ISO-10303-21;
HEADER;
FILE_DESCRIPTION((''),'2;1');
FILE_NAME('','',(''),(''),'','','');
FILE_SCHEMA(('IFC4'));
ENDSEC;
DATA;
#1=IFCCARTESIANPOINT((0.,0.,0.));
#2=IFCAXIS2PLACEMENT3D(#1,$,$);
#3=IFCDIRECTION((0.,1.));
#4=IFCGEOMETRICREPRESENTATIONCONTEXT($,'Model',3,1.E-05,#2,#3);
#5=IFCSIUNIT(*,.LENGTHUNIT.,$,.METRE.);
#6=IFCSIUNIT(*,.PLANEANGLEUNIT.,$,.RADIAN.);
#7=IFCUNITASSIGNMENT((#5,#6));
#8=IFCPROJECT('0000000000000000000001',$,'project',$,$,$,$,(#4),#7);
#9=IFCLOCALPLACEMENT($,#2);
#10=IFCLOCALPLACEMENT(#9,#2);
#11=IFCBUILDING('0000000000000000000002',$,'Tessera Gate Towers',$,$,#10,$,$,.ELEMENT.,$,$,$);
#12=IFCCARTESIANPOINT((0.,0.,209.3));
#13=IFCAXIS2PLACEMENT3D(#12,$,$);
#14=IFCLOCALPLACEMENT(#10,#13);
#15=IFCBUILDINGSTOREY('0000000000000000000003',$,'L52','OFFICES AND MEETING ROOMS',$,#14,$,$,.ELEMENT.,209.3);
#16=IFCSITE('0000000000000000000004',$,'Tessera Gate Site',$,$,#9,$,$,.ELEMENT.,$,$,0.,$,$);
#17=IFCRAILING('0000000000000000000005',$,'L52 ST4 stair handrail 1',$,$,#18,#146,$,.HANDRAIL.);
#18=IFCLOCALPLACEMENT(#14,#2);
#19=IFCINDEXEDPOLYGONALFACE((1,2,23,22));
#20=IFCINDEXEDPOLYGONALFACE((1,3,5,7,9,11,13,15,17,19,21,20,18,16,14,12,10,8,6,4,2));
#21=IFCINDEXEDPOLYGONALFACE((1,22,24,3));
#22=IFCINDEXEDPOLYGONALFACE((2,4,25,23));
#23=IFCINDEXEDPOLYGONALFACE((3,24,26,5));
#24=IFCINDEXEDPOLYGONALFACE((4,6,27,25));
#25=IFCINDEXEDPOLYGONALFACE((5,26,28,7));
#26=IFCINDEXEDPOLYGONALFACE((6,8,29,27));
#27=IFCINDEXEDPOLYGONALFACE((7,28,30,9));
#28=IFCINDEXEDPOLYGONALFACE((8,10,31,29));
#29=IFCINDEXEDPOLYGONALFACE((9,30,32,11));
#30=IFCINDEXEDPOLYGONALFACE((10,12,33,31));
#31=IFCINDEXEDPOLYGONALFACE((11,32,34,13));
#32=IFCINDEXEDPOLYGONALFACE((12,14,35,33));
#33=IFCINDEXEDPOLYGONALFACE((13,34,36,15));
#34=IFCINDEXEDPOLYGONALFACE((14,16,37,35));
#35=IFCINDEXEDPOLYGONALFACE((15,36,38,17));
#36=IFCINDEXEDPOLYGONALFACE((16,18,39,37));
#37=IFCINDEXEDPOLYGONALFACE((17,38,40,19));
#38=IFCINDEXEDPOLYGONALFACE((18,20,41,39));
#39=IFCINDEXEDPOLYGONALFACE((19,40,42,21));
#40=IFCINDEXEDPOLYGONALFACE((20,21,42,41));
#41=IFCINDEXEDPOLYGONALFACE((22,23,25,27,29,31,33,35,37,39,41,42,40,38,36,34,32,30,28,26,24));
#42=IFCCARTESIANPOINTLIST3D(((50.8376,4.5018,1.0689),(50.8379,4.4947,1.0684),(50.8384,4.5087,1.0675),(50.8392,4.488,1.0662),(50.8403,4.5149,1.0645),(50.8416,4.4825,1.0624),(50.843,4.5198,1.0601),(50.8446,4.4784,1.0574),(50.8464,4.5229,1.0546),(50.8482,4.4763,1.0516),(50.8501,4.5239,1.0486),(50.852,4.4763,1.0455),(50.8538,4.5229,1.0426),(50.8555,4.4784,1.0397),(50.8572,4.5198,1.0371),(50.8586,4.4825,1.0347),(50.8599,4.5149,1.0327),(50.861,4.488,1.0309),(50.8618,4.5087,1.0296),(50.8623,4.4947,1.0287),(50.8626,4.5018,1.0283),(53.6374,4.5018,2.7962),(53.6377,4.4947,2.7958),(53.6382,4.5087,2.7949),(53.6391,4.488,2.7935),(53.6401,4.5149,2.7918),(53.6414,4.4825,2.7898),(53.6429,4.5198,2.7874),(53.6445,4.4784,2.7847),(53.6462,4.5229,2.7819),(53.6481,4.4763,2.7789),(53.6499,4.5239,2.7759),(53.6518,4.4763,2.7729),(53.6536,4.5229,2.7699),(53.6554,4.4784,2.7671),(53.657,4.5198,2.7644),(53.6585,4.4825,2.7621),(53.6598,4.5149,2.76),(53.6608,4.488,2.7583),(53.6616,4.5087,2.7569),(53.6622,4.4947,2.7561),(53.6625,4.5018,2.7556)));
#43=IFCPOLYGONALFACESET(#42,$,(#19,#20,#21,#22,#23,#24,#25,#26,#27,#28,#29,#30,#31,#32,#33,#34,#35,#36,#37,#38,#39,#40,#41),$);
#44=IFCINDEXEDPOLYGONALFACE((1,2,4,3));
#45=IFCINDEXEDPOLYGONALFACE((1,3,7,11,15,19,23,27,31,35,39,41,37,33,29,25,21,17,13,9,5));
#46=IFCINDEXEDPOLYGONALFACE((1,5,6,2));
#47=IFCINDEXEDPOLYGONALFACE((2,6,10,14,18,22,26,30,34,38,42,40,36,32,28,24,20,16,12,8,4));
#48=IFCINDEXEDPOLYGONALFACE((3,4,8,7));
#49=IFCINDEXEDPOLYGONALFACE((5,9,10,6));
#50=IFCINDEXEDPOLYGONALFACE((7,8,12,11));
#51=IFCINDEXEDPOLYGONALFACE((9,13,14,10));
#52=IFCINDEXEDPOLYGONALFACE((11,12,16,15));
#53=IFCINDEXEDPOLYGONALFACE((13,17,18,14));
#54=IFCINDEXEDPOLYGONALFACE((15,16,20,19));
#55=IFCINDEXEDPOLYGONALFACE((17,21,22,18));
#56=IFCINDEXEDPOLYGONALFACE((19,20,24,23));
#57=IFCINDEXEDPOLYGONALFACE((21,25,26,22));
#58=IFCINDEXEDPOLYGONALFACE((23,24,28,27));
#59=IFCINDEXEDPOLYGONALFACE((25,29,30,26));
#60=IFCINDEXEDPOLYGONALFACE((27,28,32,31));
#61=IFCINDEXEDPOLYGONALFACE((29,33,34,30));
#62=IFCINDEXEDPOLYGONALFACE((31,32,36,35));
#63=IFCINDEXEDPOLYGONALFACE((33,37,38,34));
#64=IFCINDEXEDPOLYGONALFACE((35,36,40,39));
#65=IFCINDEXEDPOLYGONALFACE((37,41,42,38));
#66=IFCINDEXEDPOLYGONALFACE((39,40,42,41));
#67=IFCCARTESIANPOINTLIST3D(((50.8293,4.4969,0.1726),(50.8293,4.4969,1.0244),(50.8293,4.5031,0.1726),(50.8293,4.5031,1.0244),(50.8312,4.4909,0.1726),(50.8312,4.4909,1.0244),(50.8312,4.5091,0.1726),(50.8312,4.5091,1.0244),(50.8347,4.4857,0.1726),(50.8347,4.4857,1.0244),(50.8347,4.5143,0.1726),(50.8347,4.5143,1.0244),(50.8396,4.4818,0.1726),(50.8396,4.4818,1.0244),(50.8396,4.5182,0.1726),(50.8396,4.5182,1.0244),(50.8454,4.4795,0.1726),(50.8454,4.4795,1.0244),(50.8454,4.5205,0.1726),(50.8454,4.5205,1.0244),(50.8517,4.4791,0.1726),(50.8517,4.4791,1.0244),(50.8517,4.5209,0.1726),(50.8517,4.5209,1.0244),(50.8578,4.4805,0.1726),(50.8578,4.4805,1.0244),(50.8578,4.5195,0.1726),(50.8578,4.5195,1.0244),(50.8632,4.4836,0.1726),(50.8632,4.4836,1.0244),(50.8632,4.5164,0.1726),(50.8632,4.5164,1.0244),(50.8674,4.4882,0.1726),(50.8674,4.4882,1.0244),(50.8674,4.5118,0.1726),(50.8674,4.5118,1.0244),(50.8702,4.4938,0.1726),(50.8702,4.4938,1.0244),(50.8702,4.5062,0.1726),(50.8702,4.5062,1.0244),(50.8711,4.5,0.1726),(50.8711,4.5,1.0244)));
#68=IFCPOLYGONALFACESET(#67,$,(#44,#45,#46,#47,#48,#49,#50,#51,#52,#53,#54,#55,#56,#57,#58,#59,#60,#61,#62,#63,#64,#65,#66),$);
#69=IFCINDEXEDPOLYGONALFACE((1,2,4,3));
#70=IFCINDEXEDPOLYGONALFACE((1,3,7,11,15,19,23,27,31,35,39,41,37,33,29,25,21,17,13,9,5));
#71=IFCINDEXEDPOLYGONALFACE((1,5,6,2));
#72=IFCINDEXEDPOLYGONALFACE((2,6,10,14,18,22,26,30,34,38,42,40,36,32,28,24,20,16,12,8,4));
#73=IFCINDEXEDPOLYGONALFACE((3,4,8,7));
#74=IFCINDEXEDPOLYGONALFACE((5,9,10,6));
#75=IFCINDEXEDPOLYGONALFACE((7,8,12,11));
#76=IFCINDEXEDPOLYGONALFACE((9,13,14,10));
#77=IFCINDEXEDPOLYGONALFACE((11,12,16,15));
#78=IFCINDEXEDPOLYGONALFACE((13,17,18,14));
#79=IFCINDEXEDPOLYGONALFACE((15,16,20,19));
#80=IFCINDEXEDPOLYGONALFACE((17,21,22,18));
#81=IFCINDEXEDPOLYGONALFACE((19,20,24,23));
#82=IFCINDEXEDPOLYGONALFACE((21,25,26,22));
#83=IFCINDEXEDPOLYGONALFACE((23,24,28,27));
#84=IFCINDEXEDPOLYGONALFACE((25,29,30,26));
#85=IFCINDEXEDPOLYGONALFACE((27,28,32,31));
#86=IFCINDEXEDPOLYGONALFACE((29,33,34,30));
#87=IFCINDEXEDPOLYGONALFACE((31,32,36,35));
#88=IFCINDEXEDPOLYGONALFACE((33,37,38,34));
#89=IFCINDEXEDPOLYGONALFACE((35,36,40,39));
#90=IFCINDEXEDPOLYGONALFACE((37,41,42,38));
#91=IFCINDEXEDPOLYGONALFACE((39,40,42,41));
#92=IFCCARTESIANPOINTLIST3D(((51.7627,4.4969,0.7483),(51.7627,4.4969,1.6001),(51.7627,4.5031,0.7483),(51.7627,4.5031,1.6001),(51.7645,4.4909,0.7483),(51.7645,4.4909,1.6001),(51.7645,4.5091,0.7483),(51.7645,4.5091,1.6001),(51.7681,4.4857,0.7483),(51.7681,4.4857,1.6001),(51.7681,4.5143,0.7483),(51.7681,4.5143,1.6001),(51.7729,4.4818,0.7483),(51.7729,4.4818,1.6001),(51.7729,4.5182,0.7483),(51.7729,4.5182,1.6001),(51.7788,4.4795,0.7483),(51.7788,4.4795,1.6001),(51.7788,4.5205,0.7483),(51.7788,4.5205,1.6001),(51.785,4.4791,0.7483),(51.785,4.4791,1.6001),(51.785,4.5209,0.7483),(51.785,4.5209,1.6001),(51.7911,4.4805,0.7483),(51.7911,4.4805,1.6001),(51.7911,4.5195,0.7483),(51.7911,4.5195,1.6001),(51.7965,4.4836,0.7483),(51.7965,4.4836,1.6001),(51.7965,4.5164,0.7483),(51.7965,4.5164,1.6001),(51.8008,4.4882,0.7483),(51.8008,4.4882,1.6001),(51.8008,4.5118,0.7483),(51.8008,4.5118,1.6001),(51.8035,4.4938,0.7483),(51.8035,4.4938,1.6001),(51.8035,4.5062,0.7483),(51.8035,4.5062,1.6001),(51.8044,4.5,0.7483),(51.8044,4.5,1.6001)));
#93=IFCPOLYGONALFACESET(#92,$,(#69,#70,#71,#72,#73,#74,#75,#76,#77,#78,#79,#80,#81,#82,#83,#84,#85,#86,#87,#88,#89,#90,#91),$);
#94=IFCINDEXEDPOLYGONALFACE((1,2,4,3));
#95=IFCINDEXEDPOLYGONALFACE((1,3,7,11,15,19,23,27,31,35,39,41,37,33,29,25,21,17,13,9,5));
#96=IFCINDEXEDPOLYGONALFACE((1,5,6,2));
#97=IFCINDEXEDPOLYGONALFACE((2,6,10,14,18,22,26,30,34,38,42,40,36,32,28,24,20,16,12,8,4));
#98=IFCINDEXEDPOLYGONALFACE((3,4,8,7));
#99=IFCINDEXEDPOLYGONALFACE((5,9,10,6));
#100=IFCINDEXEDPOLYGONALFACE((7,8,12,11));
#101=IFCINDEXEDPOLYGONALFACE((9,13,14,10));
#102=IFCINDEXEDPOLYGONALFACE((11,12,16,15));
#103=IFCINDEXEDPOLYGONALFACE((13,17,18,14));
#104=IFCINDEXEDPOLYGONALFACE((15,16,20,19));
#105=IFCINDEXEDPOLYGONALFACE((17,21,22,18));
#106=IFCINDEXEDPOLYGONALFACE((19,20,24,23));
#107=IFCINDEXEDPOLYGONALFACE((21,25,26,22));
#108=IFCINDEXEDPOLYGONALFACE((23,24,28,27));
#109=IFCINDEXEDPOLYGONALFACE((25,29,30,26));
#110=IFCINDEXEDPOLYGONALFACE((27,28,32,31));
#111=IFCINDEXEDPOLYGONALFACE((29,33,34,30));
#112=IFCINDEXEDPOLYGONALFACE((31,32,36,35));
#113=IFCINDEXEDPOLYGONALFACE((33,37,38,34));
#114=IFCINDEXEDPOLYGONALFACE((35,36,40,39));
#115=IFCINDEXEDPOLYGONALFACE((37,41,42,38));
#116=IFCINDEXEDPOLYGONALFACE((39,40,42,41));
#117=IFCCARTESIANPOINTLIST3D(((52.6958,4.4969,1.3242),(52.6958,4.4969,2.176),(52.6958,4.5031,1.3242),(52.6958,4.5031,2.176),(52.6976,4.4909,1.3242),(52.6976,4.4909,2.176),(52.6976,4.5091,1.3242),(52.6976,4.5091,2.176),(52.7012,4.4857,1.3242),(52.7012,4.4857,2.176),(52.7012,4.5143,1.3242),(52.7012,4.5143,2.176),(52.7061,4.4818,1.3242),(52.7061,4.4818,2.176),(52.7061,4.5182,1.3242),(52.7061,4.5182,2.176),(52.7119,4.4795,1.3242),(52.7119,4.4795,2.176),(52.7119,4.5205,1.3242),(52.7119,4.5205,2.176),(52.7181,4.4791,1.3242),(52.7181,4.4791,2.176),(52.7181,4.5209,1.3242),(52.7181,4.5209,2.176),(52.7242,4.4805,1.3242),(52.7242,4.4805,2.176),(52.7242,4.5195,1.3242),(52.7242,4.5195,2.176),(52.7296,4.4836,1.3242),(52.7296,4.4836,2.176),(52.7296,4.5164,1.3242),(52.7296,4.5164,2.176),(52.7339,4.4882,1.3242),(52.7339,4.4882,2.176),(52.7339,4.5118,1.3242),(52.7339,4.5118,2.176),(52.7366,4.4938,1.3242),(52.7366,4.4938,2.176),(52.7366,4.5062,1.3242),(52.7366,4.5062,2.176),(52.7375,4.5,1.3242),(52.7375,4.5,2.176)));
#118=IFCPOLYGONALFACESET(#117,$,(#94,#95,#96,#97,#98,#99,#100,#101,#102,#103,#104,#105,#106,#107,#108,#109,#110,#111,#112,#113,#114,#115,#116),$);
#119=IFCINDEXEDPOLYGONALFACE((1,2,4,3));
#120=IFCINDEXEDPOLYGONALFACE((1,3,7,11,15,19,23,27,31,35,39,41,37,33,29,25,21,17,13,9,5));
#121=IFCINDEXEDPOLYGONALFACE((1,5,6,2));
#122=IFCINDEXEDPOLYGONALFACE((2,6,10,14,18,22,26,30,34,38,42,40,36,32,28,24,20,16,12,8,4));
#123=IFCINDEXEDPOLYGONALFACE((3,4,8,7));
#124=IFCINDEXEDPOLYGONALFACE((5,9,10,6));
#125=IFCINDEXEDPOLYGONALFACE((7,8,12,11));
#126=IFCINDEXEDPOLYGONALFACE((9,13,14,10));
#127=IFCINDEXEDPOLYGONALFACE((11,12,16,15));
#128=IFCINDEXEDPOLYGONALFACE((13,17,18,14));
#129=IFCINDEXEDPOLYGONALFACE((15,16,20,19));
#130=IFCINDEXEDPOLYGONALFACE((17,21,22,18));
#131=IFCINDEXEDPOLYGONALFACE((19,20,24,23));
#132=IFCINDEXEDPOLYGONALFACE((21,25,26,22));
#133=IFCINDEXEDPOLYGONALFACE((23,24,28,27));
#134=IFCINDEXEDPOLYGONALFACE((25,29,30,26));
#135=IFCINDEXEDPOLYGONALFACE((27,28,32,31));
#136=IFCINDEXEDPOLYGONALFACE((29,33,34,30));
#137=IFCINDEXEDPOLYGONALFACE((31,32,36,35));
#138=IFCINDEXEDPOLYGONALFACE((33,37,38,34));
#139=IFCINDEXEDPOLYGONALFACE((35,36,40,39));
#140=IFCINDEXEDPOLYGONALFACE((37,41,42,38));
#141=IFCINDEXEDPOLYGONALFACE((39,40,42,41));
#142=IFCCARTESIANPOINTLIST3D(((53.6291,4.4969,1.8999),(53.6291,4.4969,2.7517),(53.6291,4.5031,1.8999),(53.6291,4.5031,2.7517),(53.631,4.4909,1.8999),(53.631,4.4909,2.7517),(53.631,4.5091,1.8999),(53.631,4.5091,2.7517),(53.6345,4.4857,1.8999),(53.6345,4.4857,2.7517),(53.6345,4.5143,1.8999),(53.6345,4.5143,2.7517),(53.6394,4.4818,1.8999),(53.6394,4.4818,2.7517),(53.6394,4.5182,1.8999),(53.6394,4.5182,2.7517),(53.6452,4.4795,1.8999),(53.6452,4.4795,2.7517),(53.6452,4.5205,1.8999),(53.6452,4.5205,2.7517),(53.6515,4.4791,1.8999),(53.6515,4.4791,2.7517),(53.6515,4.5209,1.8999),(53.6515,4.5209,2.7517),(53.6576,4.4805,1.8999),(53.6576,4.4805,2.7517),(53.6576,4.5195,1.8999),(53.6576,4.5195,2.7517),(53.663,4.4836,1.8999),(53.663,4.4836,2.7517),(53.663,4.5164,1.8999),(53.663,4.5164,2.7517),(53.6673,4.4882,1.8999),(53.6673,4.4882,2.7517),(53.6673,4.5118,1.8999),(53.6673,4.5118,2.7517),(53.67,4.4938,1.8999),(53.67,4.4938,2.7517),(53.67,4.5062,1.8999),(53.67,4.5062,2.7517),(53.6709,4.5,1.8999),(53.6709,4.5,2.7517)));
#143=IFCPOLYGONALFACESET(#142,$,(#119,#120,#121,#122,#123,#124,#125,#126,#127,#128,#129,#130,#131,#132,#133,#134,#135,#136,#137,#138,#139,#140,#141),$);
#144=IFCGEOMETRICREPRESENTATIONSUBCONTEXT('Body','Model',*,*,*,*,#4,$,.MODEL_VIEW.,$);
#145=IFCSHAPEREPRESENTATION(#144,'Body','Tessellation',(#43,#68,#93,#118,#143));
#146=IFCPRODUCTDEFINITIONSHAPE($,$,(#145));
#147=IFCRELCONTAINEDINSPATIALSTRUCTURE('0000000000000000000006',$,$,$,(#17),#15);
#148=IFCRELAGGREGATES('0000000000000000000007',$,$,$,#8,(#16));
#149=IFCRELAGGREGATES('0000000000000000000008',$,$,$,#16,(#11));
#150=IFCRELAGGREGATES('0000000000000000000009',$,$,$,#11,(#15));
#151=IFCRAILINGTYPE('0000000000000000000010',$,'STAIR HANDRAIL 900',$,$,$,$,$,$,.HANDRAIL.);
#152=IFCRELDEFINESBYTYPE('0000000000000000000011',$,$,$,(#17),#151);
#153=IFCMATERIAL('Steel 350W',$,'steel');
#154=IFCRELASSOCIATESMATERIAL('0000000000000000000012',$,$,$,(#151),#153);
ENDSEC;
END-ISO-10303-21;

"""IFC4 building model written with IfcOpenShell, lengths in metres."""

from ifc_helpers import new_model, si_unit, direction, frame, origin, origin_2d, place, context, subcontext, project, spatial, circle, extrude, material, type_object, element, save


model = new_model("IFC4")

# Units and contexts
model_context = context("Model", 3, precision=1e-05, world=origin(), true_north=direction((0.0, 1.0)))
body_context = subcontext(model_context, "Body", "Model", "MODEL_VIEW")
ifc_project = project(units=[si_unit("LENGTHUNIT", "METRE"), si_unit("PLANEANGLEUNIT", "RADIAN")], contexts=[model_context])

# Site, building, storey
site_placement = place(None, origin())
site = spatial("IfcSite", under=ifc_project, at=site_placement, Name="Tessera Gate Site", CompositionType="ELEMENT", RefElevation=0.0)
building_placement = place(site_placement, origin())
building = spatial("IfcBuilding", under=site, at=building_placement, Name="Tessera Gate Towers", CompositionType="ELEMENT")
storey_placement = place(building_placement, frame((0.0, 0.0, 209.3)))
storey = spatial("IfcBuildingStorey", under=building, at=storey_placement, Name="L52", Description="OFFICES AND MEETING ROOMS", CompositionType="ELEMENT", Elevation=209.3)

# Railing
ifc_material_1 = material(Name="Steel 350W", Category="steel")
railing_type_1 = type_object("IfcRailingType", Name="STAIR HANDRAIL 900", PredefinedType="HANDRAIL", material=ifc_material_1)
railing_1_placement = place(storey_placement, frame((50.8501, 4.5, 0.1726)))
element("IfcRailing", 1, at=railing_1_placement, inside=storey, type_object=railing_type_1, Name="L52 ST4 stair handrail 1", PredefinedType="HANDRAIL", context=body_context, shape_type="SweptSolid", body=[
    extrude(circle(Radius=0.0239, at=origin_2d()), frame((0.0, 0.0, 0.876), z_axis=(0.851069, 0.0, 0.525054), x_axis=(0.0, 1.0, 0.0)), (0.0, 0.0, 1.0), 3.2898),
    extrude(circle(Radius=0.021, at=origin_2d()), origin(), (0.0, 0.0, 1.0), 0.8518),
    extrude(circle(Radius=0.021, at=origin_2d()), frame((0.9333, 0.0, 0.5757)), (0.0, 0.0, 1.0), 0.8518),
    extrude(circle(Radius=0.021, at=origin_2d()), frame((1.8665, 0.0, 1.1516)), (0.0, 0.0, 1.0), 0.8518),
    extrude(circle(Radius=0.021, at=origin_2d()), frame((2.7998, 0.0, 1.7273)), (0.0, 0.0, 1.0), 0.8518),
])

save(model, "model.ifc")
